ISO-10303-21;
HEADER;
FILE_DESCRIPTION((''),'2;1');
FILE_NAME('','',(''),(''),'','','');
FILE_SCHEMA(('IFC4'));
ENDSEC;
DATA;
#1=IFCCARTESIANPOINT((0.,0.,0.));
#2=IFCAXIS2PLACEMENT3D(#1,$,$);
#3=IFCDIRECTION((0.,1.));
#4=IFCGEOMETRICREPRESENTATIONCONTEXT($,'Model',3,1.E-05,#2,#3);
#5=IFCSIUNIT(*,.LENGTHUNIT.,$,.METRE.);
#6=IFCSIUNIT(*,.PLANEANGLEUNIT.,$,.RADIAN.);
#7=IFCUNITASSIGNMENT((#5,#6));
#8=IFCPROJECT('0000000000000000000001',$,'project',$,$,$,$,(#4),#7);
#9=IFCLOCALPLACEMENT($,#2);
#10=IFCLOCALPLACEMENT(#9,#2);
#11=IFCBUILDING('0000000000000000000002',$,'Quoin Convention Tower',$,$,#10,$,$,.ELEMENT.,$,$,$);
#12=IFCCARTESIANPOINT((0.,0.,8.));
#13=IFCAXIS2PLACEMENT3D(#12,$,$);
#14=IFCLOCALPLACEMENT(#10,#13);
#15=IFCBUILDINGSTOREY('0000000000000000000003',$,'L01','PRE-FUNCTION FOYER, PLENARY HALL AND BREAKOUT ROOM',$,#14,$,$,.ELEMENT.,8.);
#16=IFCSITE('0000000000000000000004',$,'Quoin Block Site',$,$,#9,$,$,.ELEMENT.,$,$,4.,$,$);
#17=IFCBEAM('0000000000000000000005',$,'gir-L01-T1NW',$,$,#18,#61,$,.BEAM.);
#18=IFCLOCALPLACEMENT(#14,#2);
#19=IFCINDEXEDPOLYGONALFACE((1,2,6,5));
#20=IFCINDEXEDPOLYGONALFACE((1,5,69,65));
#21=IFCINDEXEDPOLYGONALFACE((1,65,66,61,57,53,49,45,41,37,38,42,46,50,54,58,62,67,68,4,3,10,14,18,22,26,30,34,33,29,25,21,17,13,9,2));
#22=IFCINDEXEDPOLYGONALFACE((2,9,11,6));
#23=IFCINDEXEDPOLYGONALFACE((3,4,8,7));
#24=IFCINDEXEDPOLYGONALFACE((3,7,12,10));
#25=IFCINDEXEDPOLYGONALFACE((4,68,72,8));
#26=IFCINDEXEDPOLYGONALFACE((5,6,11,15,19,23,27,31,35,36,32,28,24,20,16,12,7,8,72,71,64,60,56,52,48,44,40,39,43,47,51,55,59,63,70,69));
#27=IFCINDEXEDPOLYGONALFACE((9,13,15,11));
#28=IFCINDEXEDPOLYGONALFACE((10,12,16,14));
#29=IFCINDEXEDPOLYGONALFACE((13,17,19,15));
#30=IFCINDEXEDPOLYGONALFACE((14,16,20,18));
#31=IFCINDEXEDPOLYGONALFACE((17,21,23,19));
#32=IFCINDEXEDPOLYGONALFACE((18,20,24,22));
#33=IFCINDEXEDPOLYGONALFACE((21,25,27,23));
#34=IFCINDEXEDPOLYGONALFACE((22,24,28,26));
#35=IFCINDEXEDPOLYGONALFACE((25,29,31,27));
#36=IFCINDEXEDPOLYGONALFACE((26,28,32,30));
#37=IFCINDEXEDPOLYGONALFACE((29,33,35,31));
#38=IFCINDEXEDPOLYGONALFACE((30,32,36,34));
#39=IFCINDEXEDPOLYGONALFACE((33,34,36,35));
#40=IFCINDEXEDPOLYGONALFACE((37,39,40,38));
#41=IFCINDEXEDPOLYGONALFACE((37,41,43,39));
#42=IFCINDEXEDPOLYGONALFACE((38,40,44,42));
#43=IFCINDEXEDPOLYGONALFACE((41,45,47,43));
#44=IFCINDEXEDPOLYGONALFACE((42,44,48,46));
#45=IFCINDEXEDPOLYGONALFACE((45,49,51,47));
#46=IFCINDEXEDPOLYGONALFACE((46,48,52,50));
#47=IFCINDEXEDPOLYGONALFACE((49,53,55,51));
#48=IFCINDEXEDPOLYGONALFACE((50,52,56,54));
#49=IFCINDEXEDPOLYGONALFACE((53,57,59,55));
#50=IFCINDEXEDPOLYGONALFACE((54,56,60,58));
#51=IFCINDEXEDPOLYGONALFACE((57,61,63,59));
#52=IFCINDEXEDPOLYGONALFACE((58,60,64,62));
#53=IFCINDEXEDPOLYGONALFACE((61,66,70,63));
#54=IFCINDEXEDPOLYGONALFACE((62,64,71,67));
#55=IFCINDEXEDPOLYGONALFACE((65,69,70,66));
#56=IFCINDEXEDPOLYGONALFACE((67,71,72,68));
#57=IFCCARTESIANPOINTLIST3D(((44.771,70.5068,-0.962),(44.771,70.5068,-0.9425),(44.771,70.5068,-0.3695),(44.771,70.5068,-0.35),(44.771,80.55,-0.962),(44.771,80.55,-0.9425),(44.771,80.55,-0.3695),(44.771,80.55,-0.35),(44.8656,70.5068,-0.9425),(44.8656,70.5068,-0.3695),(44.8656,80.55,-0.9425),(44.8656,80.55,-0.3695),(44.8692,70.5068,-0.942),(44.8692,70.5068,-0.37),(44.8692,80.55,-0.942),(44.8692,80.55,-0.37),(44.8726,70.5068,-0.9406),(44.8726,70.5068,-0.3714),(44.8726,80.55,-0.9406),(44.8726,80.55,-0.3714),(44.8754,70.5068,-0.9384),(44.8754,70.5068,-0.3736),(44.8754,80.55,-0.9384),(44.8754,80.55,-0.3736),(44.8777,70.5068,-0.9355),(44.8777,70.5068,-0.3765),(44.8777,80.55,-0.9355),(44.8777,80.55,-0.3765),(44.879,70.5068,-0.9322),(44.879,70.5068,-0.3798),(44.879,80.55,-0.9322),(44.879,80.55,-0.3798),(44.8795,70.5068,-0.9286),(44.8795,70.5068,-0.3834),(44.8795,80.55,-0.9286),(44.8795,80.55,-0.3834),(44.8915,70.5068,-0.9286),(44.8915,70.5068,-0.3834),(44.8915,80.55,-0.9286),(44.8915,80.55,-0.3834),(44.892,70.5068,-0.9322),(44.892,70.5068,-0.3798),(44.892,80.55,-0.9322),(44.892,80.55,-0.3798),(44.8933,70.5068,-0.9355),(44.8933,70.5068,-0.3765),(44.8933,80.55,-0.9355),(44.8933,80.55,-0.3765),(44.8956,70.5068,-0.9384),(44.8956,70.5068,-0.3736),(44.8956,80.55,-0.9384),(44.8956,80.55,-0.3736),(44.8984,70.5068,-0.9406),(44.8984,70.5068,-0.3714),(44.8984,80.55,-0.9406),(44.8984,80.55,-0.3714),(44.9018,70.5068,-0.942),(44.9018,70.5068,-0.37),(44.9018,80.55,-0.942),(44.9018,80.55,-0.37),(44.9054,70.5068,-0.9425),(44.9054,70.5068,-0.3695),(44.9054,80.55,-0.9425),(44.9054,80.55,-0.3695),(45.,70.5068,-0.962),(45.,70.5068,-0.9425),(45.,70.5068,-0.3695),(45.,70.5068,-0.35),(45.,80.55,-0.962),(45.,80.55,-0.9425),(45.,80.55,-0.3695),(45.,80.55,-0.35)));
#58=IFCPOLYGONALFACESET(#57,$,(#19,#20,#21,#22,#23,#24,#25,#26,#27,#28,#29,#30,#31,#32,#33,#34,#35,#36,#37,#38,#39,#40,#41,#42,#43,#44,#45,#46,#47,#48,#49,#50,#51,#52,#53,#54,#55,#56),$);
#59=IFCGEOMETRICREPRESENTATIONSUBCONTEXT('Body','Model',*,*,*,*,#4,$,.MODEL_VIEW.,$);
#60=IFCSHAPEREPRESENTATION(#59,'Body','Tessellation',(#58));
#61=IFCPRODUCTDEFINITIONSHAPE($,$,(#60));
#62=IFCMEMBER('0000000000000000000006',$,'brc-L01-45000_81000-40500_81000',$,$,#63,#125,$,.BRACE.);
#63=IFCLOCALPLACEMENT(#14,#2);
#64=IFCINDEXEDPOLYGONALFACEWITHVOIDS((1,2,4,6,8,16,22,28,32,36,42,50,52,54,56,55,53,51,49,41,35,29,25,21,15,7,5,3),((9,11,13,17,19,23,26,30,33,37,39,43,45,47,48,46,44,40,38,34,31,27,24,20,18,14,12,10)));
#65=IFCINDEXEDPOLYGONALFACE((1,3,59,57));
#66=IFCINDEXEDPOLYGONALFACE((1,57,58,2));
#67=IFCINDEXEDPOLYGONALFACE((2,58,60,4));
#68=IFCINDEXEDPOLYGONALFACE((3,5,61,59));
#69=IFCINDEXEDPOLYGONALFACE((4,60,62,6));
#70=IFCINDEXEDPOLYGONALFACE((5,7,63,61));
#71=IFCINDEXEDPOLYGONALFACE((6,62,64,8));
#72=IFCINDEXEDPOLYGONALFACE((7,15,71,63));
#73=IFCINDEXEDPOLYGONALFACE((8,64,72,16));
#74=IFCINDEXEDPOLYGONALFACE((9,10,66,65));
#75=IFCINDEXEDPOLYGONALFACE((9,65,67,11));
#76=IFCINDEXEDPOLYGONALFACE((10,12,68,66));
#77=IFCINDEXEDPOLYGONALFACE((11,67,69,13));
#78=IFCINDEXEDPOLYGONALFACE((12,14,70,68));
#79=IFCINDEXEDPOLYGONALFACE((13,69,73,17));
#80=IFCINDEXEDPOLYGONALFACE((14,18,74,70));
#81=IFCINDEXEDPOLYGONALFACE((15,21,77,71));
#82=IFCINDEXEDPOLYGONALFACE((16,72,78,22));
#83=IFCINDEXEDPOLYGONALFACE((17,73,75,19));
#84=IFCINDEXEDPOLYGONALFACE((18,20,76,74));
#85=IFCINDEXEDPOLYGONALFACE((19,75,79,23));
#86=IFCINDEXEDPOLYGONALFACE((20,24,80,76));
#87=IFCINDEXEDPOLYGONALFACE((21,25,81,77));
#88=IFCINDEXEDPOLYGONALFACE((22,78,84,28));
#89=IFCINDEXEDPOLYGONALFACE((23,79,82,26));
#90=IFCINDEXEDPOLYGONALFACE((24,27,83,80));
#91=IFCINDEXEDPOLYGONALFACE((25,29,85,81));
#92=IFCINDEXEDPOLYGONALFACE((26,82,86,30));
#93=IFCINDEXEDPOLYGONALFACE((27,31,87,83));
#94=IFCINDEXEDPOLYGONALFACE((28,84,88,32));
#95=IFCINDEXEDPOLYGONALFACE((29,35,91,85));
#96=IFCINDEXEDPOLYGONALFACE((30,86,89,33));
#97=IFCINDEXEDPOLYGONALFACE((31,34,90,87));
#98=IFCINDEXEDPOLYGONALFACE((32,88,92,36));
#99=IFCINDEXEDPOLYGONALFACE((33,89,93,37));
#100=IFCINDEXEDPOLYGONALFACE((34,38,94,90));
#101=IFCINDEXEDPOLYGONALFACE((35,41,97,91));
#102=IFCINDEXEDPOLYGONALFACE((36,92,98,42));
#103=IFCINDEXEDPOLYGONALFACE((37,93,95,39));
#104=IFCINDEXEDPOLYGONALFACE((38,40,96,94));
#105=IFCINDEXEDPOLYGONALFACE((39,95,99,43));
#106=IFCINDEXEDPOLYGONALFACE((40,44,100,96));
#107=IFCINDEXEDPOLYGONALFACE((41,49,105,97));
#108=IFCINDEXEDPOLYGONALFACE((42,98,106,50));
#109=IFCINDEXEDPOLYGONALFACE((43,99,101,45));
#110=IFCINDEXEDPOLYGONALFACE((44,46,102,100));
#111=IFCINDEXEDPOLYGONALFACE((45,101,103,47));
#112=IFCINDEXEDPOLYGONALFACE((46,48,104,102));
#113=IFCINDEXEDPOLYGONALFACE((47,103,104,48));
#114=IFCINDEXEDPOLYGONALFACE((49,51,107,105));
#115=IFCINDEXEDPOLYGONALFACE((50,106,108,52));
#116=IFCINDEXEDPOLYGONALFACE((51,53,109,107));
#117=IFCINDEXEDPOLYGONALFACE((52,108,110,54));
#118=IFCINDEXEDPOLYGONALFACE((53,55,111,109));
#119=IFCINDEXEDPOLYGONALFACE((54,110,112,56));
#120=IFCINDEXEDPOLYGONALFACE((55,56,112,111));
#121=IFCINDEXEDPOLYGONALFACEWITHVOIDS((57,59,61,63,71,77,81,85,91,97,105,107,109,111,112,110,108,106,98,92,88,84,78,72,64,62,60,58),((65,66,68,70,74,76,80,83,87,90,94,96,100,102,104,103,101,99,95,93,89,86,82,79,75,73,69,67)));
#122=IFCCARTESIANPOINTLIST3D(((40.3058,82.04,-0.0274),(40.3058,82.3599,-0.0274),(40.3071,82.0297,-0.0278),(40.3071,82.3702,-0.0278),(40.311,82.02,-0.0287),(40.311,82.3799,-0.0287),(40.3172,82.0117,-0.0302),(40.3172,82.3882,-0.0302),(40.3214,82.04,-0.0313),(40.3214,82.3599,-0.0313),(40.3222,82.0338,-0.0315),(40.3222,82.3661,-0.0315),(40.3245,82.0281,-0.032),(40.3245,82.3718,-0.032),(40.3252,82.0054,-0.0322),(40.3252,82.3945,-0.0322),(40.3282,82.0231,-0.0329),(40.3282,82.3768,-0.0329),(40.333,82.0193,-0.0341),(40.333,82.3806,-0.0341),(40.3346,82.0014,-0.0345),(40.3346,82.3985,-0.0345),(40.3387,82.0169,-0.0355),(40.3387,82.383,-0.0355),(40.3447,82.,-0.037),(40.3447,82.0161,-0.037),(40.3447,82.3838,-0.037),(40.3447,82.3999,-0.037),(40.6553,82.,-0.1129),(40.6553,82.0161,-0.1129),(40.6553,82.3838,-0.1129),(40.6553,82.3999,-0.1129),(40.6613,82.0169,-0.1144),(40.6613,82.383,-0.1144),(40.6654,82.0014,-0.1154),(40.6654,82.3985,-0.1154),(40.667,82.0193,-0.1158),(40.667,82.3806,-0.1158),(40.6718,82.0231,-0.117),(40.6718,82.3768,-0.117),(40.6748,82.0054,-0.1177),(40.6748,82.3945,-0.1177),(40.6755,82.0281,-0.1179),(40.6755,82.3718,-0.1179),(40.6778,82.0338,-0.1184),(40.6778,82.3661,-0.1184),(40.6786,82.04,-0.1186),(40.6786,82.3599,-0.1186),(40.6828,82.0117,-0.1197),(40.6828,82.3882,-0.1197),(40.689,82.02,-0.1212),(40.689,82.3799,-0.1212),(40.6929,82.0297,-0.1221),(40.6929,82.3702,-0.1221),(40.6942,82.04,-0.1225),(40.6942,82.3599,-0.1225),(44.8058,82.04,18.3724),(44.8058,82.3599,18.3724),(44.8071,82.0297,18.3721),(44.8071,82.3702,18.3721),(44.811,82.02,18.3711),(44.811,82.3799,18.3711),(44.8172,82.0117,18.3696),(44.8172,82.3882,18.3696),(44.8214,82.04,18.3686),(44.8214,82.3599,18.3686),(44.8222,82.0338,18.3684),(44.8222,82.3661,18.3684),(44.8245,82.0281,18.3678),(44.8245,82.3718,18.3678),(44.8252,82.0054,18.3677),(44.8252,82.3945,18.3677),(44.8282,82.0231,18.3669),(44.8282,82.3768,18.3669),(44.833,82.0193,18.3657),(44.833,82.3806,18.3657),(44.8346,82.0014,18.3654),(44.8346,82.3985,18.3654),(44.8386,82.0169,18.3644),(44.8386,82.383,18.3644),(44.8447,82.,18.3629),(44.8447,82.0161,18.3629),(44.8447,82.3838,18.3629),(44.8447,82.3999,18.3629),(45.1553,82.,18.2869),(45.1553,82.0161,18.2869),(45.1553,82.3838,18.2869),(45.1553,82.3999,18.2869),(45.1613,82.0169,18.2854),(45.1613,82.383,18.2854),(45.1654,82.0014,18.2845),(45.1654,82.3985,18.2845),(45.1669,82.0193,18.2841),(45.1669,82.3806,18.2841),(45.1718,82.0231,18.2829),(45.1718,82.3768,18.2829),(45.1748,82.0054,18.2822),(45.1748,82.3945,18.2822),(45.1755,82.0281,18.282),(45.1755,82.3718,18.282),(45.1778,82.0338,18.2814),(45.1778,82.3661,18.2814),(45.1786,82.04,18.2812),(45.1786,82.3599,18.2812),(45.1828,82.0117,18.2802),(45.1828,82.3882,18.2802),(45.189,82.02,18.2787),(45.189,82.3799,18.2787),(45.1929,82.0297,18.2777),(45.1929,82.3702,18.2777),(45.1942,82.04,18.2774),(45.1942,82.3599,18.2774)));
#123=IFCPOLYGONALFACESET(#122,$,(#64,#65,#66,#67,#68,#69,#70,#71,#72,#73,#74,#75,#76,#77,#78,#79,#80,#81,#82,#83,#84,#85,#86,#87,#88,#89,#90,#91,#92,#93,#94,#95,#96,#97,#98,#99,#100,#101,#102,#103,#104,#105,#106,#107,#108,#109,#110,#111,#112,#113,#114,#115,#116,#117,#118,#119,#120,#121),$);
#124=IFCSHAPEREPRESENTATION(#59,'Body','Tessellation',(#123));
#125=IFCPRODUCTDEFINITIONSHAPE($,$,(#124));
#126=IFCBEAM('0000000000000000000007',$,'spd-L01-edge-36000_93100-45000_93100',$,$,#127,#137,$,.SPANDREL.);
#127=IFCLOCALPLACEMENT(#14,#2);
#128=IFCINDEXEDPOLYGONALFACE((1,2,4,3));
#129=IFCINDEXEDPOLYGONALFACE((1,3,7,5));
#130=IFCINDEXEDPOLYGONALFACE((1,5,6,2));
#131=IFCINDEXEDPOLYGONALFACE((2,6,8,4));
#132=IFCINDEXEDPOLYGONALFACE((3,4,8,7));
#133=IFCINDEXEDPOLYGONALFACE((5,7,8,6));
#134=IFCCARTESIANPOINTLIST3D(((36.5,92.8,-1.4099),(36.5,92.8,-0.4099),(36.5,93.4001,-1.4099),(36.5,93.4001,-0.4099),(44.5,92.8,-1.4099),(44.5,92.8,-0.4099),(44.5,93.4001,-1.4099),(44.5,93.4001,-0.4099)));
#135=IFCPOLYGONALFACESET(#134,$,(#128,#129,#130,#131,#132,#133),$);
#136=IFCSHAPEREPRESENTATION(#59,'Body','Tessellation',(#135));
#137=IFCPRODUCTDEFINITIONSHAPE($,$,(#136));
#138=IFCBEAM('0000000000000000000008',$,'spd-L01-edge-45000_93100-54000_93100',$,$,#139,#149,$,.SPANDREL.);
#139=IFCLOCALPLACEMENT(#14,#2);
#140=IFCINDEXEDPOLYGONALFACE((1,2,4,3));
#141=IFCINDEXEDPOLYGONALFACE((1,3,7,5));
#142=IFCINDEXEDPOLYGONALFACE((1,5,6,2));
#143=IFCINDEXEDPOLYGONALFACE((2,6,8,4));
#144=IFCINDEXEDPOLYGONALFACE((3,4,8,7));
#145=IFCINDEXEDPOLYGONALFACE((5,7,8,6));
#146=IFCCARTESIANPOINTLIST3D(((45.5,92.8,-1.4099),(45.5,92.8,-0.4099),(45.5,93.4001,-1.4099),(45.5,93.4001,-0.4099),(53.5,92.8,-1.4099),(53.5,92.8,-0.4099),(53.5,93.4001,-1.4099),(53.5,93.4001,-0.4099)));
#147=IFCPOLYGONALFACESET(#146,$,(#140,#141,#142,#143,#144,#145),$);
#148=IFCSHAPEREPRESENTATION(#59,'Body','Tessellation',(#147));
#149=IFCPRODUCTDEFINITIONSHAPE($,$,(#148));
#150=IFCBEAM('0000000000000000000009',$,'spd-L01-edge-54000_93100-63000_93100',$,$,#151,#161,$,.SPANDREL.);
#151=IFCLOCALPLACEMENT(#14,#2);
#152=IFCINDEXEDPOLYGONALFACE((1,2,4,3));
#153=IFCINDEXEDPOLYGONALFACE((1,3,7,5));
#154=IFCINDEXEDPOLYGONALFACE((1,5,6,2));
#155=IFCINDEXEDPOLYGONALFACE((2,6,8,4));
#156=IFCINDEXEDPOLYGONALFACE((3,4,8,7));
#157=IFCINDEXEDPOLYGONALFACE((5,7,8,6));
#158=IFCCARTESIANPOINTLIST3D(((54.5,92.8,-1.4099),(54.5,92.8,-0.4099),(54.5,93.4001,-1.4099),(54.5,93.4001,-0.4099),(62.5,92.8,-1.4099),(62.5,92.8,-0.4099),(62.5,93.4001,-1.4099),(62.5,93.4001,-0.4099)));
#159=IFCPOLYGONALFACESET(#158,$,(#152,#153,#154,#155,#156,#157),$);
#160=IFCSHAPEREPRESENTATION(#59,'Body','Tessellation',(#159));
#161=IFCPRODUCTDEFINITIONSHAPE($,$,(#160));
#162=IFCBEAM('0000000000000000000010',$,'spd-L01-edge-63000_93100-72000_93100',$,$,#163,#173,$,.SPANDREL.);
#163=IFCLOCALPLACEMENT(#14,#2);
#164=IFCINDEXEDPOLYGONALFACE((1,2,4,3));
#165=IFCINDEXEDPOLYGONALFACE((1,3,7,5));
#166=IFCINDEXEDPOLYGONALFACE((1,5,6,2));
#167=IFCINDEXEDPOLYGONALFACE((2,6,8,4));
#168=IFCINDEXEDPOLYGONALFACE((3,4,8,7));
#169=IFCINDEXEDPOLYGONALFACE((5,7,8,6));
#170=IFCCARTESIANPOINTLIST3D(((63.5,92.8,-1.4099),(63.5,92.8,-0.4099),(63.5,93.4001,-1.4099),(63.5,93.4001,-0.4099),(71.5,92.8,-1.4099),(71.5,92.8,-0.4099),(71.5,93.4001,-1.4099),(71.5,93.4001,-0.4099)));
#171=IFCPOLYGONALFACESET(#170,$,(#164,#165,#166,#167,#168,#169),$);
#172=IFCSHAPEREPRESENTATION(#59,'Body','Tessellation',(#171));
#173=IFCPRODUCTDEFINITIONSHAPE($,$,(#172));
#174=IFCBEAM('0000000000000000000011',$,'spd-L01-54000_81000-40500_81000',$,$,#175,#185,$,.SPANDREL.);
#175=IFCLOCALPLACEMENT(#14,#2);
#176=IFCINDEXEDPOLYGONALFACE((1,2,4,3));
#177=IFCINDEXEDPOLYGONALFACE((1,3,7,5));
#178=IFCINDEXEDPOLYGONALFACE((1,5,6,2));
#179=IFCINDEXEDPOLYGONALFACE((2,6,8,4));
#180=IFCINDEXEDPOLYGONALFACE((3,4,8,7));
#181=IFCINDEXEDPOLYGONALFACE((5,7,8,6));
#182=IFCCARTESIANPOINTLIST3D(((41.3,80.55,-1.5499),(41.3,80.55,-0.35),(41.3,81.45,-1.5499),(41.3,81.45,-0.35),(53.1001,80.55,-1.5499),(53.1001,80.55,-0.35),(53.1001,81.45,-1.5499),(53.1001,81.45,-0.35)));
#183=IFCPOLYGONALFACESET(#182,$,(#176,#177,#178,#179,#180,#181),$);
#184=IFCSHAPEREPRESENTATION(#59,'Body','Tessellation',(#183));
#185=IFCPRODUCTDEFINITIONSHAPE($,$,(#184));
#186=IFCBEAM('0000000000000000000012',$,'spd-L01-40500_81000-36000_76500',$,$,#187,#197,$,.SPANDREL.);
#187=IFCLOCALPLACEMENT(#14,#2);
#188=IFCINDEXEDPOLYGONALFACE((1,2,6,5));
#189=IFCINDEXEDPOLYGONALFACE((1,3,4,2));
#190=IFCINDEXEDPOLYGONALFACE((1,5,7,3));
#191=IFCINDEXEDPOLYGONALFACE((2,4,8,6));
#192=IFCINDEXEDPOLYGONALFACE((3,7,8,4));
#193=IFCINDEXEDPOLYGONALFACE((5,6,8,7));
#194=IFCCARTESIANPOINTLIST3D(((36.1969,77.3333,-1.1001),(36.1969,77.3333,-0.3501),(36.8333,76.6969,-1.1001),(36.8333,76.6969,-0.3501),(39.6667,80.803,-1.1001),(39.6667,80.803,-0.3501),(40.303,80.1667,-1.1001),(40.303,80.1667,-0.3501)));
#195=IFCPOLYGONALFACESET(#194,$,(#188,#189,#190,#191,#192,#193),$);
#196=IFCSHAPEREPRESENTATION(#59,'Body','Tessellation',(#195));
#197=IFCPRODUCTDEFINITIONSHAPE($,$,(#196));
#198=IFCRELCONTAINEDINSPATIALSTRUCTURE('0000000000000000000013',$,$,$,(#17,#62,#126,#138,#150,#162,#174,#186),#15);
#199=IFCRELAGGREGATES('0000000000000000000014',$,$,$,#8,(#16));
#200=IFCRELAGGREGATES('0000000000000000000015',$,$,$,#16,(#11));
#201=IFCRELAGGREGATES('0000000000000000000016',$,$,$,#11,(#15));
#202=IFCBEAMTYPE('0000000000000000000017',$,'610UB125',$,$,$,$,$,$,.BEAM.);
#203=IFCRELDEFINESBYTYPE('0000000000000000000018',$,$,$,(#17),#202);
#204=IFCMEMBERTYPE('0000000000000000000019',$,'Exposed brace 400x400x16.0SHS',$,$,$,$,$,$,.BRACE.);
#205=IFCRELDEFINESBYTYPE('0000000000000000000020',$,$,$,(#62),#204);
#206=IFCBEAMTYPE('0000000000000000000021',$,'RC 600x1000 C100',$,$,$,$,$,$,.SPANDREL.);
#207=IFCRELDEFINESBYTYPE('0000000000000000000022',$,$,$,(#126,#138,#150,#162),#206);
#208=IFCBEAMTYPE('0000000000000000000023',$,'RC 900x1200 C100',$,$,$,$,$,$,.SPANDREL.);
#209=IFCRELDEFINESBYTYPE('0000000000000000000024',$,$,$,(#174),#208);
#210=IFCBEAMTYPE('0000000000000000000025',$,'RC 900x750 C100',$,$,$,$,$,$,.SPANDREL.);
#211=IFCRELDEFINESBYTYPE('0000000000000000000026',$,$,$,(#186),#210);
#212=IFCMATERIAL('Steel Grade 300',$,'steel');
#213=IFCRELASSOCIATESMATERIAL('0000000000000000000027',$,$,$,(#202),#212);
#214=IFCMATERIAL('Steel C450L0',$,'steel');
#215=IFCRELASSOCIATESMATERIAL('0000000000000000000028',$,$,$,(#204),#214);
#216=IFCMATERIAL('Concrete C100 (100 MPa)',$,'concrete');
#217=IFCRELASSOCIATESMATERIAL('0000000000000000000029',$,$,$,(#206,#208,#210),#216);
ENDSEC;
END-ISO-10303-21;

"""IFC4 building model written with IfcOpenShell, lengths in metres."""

from ifc_helpers import new_model, si_unit, direction, frame, origin, origin_2d, place, context, subcontext, project, spatial, rectangle, hollow_rectangle, i_section, extrude, material, material_profile, profile_set, type_object, element, save


model = new_model("IFC4")

# Units and contexts
model_context = context("Model", 3, precision=1e-05, world=origin(), true_north=direction((0.0, 1.0)))
body_context = subcontext(model_context, "Body", "Model", "MODEL_VIEW")
ifc_project = project(units=[si_unit("LENGTHUNIT", "METRE"), si_unit("PLANEANGLEUNIT", "RADIAN")], contexts=[model_context])

# Site, building, storey
site_placement = place(None, origin())
site = spatial("IfcSite", under=ifc_project, at=site_placement, Name="Quoin Block Site", CompositionType="ELEMENT", RefElevation=4.0)
building_placement = place(site_placement, origin())
building = spatial("IfcBuilding", under=site, at=building_placement, Name="Quoin Convention Tower", CompositionType="ELEMENT")
storey_placement = place(building_placement, frame((0.0, 0.0, 8.0)))
storey = spatial("IfcBuildingStorey", under=building, at=storey_placement, Name="L01", Description="PRE-FUNCTION FOYER, PLENARY HALL AND BREAKOUT ROOM", CompositionType="ELEMENT", Elevation=8.0)

# Shared definitions
ifc_material_1 = material(Name="Concrete C100 (100 MPa)", Category="concrete")

# Shared definitions
ifc_material_2 = material(Name="Steel Grade 300", Category="steel")
ifc_material_3 = material(Name="Steel C450L0", Category="steel")

# Beam
ifc_material_profile_1 = material_profile(ifc_material_2, i_section(OverallWidth=0.229, OverallDepth=0.6121, WebThickness=0.012, FlangeThickness=0.0195, FilletRadius=0.0139, at=origin_2d()), Name="610UB125")
ifc_profile_set_1 = profile_set([ifc_material_profile_1], Name="Steel Grade 300")
beam_type_1 = type_object("IfcBeamType", Name="610UB125", PredefinedType="BEAM", material=ifc_profile_set_1)
beam_1_placement = place(storey_placement, frame((44.8855, 80.55, -0.656), z_axis=(0.0, -1.0, 0.0), x_axis=(1.0, 0.0, 0.0)))
element("IfcBeam", 1, at=beam_1_placement, inside=storey, type_object=beam_type_1, Name="gir-L01-T1NW", PredefinedType="BEAM", context=body_context, shape_type="SweptSolid", body=[
    extrude(i_section(OverallWidth=0.229, OverallDepth=0.6121, WebThickness=0.012, FlangeThickness=0.0195, FilletRadius=0.0139, at=origin_2d()), origin(), (0.0, 0.0, 1.0), 10.0432),
])

# Member
ifc_material_profile_2 = material_profile(ifc_material_3, hollow_rectangle(XDim=0.3999, YDim=0.3999, WallThickness=0.0161, InnerFilletRadius=0.0239, OuterFilletRadius=0.04, at=origin_2d()), Name="400x400x16.0SHS")
ifc_profile_set_2 = profile_set([ifc_material_profile_2], Name="Steel C450L0")
member_type_1 = type_object("IfcMemberType", Name="Exposed brace 400x400x16.0SHS", PredefinedType="BRACE", material=ifc_profile_set_2)
member_1_placement = place(storey_placement, frame((40.5, 82.2, -0.075), z_axis=(0.237565, 0.0, 0.971372), x_axis=(0.0, 1.0, 0.0)))
element("IfcMember", 2, at=member_1_placement, inside=storey, type_object=member_type_1, Name="brc-L01-45000_81000-40500_81000", PredefinedType="BRACE", context=body_context, shape_type="SweptSolid", body=[
    extrude(hollow_rectangle(XDim=0.3999, YDim=0.3999, WallThickness=0.0161, InnerFilletRadius=0.0239, OuterFilletRadius=0.04, at=origin_2d()), origin(), (0.0, 0.0, 1.0), 18.9421),
])

# Beams
ifc_material_profile_3 = material_profile(ifc_material_1, rectangle(XDim=0.6001, YDim=1.0, at=origin_2d()), Name="RC 600x1000")
ifc_profile_set_3 = profile_set([ifc_material_profile_3], Name="Concrete C100 (100 MPa)")
beam_type_2 = type_object("IfcBeamType", Name="RC 600x1000 C100", PredefinedType="SPANDREL", material=ifc_profile_set_3)
for number, where, z_axis, x_axis, name in (
    (3, (36.5, 93.1001, -0.9099), (1.0, 0.0, 0.0), (0.0, 1.0, 0.0), "spd-L01-edge-36000_93100-45000_93100"),
    (4, (45.5, 93.1001, -0.9099), (1.0, 0.0, 0.0), (0.0, 1.0, 0.0), "spd-L01-edge-45000_93100-54000_93100"),
    (5, (54.5, 93.1001, -0.9099), (1.0, 0.0, 0.0), (0.0, 1.0, 0.0), "spd-L01-edge-54000_93100-63000_93100"),
    (6, (63.5, 93.1001, -0.9099), (1.0, 0.0, 0.0), (0.0, 1.0, 0.0), "spd-L01-edge-63000_93100-72000_93100"),
):
    element("IfcBeam", number, at=place(storey_placement, frame(where, z_axis=z_axis, x_axis=x_axis)), inside=storey, type_object=beam_type_2, Name=name, PredefinedType="SPANDREL", context=body_context, shape_type="SweptSolid", body=[
        extrude(rectangle(XDim=0.6001, YDim=1.0, at=origin_2d()), origin(), (0.0, 0.0, 1.0), 8.0),
    ])
ifc_material_profile_4 = material_profile(ifc_material_1, rectangle(XDim=0.8999, YDim=1.2, at=origin_2d()), Name="RC 900x1200")
ifc_profile_set_4 = profile_set([ifc_material_profile_4], Name="Concrete C100 (100 MPa)")
beam_type_3 = type_object("IfcBeamType", Name="RC 900x1200 C100", PredefinedType="SPANDREL", material=ifc_profile_set_4)
beam_2_placement = place(storey_placement, frame((53.1001, 81.0, -0.95), z_axis=(-1.0, 0.0, 0.0), x_axis=(0.0, -1.0, 0.0)))
element("IfcBeam", 7, at=beam_2_placement, inside=storey, type_object=beam_type_3, Name="spd-L01-54000_81000-40500_81000", PredefinedType="SPANDREL", context=body_context, shape_type="SweptSolid", body=[
    extrude(rectangle(XDim=0.8999, YDim=1.2, at=origin_2d()), origin(), (0.0, 0.0, 1.0), 11.8),
])
ifc_material_profile_5 = material_profile(ifc_material_1, rectangle(XDim=0.8999, YDim=0.75, at=origin_2d()), Name="RC 900x750")
ifc_profile_set_5 = profile_set([ifc_material_profile_5], Name="Concrete C100 (100 MPa)")
beam_type_4 = type_object("IfcBeamType", Name="RC 900x750 C100", PredefinedType="SPANDREL", material=ifc_profile_set_5)
beam_3_placement = place(storey_placement, frame((39.9849, 80.4849, -0.7251), z_axis=(-0.707107, -0.707107, 0.0), x_axis=(0.707107, -0.707107, 0.0)))
element("IfcBeam", 8, at=beam_3_placement, inside=storey, type_object=beam_type_4, Name="spd-L01-40500_81000-36000_76500", PredefinedType="SPANDREL", context=body_context, shape_type="SweptSolid", body=[
    extrude(rectangle(XDim=0.8999, YDim=0.75, at=origin_2d()), origin(), (0.0, 0.0, 1.0), 4.907),
])

save(model, "model.ifc")
